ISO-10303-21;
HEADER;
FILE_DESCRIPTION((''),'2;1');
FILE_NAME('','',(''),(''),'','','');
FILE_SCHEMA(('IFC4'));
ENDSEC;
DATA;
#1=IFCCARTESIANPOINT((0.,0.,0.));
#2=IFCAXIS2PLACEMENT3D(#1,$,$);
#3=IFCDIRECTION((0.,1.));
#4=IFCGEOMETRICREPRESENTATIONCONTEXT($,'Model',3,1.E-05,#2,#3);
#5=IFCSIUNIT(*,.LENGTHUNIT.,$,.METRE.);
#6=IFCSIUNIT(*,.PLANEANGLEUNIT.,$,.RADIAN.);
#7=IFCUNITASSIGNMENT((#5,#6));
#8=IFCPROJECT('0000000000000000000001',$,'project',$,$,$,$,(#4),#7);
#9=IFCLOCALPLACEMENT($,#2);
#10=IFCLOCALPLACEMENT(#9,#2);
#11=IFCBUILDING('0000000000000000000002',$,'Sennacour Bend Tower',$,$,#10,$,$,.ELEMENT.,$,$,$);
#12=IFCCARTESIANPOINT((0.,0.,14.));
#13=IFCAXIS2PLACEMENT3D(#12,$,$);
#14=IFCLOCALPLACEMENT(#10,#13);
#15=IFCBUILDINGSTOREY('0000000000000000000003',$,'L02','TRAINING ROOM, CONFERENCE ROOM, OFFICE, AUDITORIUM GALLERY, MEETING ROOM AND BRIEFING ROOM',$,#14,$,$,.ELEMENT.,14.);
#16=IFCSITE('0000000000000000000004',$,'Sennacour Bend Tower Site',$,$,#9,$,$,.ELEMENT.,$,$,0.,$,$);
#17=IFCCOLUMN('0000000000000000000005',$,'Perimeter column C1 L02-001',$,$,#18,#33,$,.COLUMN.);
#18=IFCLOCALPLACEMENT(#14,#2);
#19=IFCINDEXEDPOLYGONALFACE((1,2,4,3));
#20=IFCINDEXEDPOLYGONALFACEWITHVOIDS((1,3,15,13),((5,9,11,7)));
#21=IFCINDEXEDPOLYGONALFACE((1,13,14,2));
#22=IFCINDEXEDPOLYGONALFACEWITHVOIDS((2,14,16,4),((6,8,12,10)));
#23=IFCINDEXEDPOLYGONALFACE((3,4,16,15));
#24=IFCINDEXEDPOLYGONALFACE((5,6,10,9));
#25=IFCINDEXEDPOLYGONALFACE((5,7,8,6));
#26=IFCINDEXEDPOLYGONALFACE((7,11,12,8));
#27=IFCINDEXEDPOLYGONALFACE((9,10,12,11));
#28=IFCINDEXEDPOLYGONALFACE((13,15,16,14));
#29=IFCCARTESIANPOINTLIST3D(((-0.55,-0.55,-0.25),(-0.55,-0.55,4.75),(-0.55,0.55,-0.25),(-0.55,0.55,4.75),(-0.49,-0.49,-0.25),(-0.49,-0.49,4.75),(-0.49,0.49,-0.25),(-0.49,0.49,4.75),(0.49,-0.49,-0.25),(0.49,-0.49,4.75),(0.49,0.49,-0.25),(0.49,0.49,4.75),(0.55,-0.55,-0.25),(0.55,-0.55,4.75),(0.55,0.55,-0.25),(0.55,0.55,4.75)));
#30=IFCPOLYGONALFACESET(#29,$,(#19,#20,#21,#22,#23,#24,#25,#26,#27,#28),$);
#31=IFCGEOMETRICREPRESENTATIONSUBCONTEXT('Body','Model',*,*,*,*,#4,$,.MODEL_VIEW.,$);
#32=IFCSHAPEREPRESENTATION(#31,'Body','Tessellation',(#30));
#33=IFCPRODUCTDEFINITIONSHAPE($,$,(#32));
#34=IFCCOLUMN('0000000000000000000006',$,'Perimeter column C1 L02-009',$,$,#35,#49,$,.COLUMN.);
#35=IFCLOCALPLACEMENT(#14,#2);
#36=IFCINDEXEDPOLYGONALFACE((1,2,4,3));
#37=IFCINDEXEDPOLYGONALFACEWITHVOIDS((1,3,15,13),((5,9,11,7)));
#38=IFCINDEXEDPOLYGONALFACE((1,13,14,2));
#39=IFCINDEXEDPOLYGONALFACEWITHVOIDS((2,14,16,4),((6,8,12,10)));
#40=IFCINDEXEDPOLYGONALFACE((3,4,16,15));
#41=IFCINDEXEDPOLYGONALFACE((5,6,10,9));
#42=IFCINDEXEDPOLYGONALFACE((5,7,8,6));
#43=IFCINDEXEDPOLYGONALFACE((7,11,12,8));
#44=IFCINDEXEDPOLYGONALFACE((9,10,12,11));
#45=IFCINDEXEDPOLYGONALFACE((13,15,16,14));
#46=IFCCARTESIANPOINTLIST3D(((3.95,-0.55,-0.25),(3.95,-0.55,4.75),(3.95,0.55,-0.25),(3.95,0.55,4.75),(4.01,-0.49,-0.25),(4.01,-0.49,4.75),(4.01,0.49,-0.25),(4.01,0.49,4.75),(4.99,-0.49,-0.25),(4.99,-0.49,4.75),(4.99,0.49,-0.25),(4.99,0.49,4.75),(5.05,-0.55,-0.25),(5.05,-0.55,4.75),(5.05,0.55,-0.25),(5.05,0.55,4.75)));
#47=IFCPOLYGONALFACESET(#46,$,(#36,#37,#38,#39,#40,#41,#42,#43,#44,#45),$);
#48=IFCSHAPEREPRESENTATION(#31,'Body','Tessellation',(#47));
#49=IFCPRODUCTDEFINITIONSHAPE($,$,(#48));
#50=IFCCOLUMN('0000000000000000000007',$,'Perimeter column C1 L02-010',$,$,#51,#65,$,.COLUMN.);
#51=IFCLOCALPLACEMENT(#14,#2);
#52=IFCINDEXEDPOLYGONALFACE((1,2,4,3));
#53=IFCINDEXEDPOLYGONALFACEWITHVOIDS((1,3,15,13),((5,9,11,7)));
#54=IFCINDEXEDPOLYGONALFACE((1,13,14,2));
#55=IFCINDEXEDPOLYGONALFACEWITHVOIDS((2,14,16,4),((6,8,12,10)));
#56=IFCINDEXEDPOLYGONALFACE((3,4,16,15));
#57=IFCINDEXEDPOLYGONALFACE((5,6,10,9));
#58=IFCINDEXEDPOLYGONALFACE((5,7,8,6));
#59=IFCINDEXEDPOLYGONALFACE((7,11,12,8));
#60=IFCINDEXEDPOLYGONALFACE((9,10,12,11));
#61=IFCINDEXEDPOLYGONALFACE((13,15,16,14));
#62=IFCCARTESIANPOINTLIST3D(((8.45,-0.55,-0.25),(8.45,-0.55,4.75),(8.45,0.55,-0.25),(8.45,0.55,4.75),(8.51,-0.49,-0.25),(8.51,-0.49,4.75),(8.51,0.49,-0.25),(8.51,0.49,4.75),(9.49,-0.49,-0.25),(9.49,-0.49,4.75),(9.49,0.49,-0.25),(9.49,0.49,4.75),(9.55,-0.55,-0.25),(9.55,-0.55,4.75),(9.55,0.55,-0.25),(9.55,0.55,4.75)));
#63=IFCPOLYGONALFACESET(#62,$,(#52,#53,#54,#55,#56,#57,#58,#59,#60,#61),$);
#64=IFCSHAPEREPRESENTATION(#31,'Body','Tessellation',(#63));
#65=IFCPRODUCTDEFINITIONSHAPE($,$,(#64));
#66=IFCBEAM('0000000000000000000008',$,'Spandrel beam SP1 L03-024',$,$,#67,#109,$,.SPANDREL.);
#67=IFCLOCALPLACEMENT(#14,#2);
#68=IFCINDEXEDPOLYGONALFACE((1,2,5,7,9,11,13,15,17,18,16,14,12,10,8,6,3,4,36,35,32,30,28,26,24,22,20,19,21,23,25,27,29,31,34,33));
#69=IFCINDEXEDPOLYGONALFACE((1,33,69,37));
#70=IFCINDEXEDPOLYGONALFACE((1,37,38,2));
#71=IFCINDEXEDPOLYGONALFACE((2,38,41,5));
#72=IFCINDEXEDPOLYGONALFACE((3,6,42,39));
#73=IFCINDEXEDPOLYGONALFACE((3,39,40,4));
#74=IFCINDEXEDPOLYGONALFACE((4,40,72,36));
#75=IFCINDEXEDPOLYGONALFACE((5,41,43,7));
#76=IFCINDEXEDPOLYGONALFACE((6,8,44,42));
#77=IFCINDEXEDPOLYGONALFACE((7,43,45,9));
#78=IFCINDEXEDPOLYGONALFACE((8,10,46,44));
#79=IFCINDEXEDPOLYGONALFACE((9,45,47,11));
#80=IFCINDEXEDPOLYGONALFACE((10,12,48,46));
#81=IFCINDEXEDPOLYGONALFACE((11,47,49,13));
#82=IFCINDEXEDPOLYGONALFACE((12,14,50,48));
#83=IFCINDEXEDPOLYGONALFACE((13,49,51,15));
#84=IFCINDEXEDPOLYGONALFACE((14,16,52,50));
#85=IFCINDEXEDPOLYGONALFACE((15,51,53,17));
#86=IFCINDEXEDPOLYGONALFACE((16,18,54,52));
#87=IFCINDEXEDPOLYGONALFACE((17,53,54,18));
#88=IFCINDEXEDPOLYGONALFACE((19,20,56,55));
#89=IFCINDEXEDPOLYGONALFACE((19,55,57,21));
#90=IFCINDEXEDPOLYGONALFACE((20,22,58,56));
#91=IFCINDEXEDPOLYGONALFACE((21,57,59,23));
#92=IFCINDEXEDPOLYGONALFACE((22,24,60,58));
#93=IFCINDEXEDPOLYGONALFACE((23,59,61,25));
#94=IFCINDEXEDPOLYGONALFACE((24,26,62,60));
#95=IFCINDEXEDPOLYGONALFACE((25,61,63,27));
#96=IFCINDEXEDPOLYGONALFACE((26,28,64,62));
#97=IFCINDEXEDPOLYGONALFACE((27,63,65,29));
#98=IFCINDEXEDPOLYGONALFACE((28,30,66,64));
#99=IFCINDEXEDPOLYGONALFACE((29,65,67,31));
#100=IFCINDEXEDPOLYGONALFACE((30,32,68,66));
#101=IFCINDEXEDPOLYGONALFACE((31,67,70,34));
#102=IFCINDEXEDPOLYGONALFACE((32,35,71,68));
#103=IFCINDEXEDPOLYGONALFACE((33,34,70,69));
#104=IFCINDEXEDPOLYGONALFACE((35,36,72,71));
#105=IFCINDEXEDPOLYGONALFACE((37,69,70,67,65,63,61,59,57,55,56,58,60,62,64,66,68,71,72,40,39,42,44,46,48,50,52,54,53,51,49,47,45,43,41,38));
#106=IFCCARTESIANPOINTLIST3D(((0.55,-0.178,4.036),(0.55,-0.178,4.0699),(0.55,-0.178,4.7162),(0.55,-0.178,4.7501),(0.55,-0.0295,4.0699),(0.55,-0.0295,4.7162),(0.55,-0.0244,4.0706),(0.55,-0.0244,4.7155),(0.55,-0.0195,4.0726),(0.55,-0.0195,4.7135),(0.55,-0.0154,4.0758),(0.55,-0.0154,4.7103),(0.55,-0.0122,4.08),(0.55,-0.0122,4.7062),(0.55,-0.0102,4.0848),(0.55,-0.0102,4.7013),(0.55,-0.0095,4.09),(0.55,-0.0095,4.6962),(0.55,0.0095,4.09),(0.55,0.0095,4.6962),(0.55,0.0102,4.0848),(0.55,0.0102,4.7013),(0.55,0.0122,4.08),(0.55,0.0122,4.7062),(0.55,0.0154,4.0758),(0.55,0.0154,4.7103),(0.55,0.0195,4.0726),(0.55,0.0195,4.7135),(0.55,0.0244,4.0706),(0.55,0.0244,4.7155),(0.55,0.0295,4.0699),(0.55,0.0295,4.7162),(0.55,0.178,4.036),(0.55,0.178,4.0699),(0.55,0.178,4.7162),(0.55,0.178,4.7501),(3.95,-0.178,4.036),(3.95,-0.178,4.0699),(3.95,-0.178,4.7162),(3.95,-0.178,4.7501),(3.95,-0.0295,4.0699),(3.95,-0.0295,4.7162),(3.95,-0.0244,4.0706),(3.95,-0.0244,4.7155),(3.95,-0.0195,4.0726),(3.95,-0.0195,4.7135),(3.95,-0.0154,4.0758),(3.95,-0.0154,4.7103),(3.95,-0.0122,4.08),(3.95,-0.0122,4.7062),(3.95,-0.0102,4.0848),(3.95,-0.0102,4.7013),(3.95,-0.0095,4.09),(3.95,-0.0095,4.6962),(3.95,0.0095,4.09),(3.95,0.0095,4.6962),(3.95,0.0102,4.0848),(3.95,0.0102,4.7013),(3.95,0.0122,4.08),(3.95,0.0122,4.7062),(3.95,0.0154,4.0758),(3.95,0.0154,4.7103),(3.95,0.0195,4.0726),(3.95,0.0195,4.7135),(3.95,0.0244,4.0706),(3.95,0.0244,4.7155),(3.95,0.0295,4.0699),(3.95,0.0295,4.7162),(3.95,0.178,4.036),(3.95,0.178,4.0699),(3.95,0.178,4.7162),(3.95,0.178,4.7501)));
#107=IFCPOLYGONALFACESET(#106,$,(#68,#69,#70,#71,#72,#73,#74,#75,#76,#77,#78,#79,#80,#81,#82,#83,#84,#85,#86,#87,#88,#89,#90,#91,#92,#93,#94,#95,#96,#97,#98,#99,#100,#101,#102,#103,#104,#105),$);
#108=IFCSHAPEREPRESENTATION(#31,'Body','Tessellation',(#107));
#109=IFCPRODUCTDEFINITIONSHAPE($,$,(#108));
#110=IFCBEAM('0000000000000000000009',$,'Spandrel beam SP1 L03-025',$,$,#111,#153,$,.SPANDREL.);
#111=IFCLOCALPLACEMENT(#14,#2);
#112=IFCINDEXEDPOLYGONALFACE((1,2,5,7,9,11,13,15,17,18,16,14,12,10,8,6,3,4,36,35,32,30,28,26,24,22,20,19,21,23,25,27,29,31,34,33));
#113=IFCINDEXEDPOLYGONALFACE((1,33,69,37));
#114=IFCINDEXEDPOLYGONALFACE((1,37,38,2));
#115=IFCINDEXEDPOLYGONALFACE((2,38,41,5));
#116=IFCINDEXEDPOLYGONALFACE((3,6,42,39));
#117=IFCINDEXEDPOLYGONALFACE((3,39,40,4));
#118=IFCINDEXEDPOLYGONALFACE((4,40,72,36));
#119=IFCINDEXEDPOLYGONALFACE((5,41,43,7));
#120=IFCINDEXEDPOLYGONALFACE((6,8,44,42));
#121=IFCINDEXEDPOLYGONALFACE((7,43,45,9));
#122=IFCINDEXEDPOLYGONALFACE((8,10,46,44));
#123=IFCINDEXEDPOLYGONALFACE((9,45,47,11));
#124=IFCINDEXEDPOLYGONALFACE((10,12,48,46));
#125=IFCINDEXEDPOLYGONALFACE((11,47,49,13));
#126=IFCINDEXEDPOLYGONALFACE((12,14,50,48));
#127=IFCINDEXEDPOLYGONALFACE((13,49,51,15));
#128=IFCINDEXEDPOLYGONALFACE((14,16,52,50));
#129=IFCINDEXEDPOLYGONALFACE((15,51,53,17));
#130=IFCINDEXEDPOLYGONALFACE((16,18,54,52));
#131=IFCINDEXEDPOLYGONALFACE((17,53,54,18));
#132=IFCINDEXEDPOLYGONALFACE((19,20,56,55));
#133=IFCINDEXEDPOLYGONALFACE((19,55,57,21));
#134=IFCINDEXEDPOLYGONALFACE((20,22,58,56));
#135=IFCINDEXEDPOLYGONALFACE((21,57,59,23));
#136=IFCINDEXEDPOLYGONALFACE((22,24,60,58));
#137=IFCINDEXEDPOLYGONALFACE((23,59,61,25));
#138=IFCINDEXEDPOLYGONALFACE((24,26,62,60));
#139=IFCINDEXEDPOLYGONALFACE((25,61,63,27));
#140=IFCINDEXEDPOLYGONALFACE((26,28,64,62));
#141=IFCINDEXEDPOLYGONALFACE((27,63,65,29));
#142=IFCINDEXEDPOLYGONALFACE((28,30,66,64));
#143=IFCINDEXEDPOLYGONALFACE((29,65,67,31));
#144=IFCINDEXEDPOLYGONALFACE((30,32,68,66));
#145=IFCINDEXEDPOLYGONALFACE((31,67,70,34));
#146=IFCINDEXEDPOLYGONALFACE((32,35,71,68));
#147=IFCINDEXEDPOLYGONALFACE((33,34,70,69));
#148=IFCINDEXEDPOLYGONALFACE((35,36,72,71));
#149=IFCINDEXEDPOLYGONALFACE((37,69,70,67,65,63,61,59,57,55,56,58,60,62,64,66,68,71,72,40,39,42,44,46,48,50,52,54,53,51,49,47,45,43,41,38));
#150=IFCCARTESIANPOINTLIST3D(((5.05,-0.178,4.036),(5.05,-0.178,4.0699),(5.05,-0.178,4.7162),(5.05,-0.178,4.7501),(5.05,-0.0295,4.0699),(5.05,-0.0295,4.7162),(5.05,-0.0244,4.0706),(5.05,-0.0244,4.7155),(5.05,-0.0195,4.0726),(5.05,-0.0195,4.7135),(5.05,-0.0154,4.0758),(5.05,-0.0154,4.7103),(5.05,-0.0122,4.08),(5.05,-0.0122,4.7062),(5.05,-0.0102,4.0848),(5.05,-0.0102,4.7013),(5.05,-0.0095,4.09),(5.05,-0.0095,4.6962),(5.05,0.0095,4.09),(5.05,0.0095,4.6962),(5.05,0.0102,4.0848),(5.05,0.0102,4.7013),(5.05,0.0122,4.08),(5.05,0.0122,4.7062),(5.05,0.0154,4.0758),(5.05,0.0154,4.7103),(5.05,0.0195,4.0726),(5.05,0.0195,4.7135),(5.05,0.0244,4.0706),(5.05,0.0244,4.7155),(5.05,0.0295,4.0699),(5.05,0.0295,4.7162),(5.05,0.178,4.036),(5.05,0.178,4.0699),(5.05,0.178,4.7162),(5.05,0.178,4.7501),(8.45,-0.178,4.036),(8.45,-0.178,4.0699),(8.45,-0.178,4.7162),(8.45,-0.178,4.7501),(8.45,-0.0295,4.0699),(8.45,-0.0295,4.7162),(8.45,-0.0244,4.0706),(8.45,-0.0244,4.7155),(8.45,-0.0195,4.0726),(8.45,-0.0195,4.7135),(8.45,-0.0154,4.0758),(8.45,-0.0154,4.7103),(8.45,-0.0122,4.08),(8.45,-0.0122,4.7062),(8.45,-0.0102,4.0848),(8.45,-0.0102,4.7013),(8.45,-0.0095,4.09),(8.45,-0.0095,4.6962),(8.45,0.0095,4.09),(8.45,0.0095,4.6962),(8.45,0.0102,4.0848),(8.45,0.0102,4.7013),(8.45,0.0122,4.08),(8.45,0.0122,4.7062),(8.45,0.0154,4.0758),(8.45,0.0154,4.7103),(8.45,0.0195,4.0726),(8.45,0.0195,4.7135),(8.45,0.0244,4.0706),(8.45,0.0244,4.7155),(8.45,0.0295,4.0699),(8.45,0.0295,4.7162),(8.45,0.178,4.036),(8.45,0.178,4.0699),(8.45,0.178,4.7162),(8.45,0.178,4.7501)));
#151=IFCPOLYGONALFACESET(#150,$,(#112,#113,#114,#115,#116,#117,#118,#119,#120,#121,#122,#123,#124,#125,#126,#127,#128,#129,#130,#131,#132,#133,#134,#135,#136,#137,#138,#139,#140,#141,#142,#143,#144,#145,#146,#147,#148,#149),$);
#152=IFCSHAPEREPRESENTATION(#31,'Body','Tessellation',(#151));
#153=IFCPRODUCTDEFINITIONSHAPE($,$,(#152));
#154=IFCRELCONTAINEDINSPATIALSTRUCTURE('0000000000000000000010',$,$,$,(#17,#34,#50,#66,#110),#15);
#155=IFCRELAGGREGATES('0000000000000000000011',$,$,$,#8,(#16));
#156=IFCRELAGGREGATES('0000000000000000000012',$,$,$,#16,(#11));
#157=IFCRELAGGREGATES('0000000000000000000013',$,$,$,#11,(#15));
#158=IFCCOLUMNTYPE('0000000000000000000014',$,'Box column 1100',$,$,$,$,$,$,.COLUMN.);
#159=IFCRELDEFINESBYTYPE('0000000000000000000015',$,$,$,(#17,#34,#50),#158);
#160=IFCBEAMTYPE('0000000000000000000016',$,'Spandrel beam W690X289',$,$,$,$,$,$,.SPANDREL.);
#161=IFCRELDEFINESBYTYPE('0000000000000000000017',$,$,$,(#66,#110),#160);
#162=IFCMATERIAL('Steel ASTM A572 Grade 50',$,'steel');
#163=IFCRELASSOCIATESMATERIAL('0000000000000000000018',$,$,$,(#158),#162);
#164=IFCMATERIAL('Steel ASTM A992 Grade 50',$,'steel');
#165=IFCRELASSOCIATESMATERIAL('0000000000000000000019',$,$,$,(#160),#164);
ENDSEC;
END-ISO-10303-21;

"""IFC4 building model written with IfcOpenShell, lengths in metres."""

from ifc_helpers import new_model, si_unit, direction, frame, origin, origin_2d, place, context, subcontext, project, spatial, hollow_rectangle, i_section, extrude, material, material_profile, profile_set, type_object, element, save


model = new_model("IFC4")

# Units and contexts
model_context = context("Model", 3, precision=1e-05, world=origin(), true_north=direction((0.0, 1.0)))
body_context = subcontext(model_context, "Body", "Model", "MODEL_VIEW")
ifc_project = project(units=[si_unit("LENGTHUNIT", "METRE"), si_unit("PLANEANGLEUNIT", "RADIAN")], contexts=[model_context])

# Site, building, storey
site_placement = place(None, origin())
site = spatial("IfcSite", under=ifc_project, at=site_placement, Name="Sennacour Bend Tower Site", CompositionType="ELEMENT", RefElevation=0.0)
building_placement = place(site_placement, origin())
building = spatial("IfcBuilding", under=site, at=building_placement, Name="Sennacour Bend Tower", CompositionType="ELEMENT")
storey_placement = place(building_placement, frame((0.0, 0.0, 14.0)))
storey = spatial("IfcBuildingStorey", under=building, at=storey_placement, Name="L02", Description="TRAINING ROOM, CONFERENCE ROOM, OFFICE, AUDITORIUM GALLERY, MEETING ROOM AND BRIEFING ROOM", CompositionType="ELEMENT", Elevation=14.0)

# Columns
ifc_material_1 = material(Name="Steel ASTM A572 Grade 50", Category="steel")
ifc_material_profile_1 = material_profile(ifc_material_1, hollow_rectangle(XDim=1.1001, YDim=1.1001, WallThickness=0.0601, at=origin_2d()), Name="Steel ASTM A572 Grade 50", Category="steel")
ifc_profile_set_1 = profile_set([ifc_material_profile_1], Name="Steel ASTM A572 Grade 50")
column_type = type_object("IfcColumnType", Name="Box column 1100", PredefinedType="COLUMN", material=ifc_profile_set_1)
for number, where, z_axis, x_axis, name in (
    (1, (0.0, 0.0, -0.25), (0.0, 0.0, 1.0), (1.0, 0.0, 0.0), "Perimeter column C1 L02-001"),
    (2, (4.5, 0.0, -0.25), (0.0, 0.0, 1.0), (1.0, 0.0, 0.0), "Perimeter column C1 L02-009"),
    (3, (9.0, 0.0, -0.25), (0.0, 0.0, 1.0), (1.0, 0.0, 0.0), "Perimeter column C1 L02-010"),
):
    element("IfcColumn", number, at=place(storey_placement, frame(where, z_axis=z_axis, x_axis=x_axis)), inside=storey, type_object=column_type, Name=name, PredefinedType="COLUMN", context=body_context, shape_type="SweptSolid", body=[
        extrude(hollow_rectangle(XDim=1.1001, YDim=1.1001, WallThickness=0.0601, at=origin_2d()), origin(), (0.0, 0.0, 1.0), 5.0),
    ])

# Beams
ifc_material_2 = material(Name="Steel ASTM A992 Grade 50", Category="steel")
ifc_material_profile_2 = material_profile(ifc_material_2, i_section(OverallWidth=0.356, OverallDepth=0.7141, WebThickness=0.019, FlangeThickness=0.0339, FilletRadius=0.02, at=origin_2d()), Name="Steel ASTM A992 Grade 50", Category="steel")
ifc_profile_set_2 = profile_set([ifc_material_profile_2], Name="Steel ASTM A992 Grade 50")
beam_type = type_object("IfcBeamType", Name="Spandrel beam W690X289", PredefinedType="SPANDREL", material=ifc_profile_set_2)
for number, where, z_axis, x_axis, name in (
    (4, (0.55, 0.0, 4.3931), (1.0, 0.0, 0.0), (0.0, 1.0, 0.0), "Spandrel beam SP1 L03-024"),
    (5, (5.05, 0.0, 4.3931), (1.0, 0.0, 0.0), (0.0, 1.0, 0.0), "Spandrel beam SP1 L03-025"),
):
    element("IfcBeam", number, at=place(storey_placement, frame(where, z_axis=z_axis, x_axis=x_axis)), inside=storey, type_object=beam_type, Name=name, PredefinedType="SPANDREL", context=body_context, shape_type="SweptSolid", body=[
        extrude(i_section(OverallWidth=0.356, OverallDepth=0.7141, WebThickness=0.019, FlangeThickness=0.0339, FilletRadius=0.02, at=origin_2d()), origin(), (0.0, 0.0, 1.0), 3.3999),
    ])

save(model, "model.ifc")
